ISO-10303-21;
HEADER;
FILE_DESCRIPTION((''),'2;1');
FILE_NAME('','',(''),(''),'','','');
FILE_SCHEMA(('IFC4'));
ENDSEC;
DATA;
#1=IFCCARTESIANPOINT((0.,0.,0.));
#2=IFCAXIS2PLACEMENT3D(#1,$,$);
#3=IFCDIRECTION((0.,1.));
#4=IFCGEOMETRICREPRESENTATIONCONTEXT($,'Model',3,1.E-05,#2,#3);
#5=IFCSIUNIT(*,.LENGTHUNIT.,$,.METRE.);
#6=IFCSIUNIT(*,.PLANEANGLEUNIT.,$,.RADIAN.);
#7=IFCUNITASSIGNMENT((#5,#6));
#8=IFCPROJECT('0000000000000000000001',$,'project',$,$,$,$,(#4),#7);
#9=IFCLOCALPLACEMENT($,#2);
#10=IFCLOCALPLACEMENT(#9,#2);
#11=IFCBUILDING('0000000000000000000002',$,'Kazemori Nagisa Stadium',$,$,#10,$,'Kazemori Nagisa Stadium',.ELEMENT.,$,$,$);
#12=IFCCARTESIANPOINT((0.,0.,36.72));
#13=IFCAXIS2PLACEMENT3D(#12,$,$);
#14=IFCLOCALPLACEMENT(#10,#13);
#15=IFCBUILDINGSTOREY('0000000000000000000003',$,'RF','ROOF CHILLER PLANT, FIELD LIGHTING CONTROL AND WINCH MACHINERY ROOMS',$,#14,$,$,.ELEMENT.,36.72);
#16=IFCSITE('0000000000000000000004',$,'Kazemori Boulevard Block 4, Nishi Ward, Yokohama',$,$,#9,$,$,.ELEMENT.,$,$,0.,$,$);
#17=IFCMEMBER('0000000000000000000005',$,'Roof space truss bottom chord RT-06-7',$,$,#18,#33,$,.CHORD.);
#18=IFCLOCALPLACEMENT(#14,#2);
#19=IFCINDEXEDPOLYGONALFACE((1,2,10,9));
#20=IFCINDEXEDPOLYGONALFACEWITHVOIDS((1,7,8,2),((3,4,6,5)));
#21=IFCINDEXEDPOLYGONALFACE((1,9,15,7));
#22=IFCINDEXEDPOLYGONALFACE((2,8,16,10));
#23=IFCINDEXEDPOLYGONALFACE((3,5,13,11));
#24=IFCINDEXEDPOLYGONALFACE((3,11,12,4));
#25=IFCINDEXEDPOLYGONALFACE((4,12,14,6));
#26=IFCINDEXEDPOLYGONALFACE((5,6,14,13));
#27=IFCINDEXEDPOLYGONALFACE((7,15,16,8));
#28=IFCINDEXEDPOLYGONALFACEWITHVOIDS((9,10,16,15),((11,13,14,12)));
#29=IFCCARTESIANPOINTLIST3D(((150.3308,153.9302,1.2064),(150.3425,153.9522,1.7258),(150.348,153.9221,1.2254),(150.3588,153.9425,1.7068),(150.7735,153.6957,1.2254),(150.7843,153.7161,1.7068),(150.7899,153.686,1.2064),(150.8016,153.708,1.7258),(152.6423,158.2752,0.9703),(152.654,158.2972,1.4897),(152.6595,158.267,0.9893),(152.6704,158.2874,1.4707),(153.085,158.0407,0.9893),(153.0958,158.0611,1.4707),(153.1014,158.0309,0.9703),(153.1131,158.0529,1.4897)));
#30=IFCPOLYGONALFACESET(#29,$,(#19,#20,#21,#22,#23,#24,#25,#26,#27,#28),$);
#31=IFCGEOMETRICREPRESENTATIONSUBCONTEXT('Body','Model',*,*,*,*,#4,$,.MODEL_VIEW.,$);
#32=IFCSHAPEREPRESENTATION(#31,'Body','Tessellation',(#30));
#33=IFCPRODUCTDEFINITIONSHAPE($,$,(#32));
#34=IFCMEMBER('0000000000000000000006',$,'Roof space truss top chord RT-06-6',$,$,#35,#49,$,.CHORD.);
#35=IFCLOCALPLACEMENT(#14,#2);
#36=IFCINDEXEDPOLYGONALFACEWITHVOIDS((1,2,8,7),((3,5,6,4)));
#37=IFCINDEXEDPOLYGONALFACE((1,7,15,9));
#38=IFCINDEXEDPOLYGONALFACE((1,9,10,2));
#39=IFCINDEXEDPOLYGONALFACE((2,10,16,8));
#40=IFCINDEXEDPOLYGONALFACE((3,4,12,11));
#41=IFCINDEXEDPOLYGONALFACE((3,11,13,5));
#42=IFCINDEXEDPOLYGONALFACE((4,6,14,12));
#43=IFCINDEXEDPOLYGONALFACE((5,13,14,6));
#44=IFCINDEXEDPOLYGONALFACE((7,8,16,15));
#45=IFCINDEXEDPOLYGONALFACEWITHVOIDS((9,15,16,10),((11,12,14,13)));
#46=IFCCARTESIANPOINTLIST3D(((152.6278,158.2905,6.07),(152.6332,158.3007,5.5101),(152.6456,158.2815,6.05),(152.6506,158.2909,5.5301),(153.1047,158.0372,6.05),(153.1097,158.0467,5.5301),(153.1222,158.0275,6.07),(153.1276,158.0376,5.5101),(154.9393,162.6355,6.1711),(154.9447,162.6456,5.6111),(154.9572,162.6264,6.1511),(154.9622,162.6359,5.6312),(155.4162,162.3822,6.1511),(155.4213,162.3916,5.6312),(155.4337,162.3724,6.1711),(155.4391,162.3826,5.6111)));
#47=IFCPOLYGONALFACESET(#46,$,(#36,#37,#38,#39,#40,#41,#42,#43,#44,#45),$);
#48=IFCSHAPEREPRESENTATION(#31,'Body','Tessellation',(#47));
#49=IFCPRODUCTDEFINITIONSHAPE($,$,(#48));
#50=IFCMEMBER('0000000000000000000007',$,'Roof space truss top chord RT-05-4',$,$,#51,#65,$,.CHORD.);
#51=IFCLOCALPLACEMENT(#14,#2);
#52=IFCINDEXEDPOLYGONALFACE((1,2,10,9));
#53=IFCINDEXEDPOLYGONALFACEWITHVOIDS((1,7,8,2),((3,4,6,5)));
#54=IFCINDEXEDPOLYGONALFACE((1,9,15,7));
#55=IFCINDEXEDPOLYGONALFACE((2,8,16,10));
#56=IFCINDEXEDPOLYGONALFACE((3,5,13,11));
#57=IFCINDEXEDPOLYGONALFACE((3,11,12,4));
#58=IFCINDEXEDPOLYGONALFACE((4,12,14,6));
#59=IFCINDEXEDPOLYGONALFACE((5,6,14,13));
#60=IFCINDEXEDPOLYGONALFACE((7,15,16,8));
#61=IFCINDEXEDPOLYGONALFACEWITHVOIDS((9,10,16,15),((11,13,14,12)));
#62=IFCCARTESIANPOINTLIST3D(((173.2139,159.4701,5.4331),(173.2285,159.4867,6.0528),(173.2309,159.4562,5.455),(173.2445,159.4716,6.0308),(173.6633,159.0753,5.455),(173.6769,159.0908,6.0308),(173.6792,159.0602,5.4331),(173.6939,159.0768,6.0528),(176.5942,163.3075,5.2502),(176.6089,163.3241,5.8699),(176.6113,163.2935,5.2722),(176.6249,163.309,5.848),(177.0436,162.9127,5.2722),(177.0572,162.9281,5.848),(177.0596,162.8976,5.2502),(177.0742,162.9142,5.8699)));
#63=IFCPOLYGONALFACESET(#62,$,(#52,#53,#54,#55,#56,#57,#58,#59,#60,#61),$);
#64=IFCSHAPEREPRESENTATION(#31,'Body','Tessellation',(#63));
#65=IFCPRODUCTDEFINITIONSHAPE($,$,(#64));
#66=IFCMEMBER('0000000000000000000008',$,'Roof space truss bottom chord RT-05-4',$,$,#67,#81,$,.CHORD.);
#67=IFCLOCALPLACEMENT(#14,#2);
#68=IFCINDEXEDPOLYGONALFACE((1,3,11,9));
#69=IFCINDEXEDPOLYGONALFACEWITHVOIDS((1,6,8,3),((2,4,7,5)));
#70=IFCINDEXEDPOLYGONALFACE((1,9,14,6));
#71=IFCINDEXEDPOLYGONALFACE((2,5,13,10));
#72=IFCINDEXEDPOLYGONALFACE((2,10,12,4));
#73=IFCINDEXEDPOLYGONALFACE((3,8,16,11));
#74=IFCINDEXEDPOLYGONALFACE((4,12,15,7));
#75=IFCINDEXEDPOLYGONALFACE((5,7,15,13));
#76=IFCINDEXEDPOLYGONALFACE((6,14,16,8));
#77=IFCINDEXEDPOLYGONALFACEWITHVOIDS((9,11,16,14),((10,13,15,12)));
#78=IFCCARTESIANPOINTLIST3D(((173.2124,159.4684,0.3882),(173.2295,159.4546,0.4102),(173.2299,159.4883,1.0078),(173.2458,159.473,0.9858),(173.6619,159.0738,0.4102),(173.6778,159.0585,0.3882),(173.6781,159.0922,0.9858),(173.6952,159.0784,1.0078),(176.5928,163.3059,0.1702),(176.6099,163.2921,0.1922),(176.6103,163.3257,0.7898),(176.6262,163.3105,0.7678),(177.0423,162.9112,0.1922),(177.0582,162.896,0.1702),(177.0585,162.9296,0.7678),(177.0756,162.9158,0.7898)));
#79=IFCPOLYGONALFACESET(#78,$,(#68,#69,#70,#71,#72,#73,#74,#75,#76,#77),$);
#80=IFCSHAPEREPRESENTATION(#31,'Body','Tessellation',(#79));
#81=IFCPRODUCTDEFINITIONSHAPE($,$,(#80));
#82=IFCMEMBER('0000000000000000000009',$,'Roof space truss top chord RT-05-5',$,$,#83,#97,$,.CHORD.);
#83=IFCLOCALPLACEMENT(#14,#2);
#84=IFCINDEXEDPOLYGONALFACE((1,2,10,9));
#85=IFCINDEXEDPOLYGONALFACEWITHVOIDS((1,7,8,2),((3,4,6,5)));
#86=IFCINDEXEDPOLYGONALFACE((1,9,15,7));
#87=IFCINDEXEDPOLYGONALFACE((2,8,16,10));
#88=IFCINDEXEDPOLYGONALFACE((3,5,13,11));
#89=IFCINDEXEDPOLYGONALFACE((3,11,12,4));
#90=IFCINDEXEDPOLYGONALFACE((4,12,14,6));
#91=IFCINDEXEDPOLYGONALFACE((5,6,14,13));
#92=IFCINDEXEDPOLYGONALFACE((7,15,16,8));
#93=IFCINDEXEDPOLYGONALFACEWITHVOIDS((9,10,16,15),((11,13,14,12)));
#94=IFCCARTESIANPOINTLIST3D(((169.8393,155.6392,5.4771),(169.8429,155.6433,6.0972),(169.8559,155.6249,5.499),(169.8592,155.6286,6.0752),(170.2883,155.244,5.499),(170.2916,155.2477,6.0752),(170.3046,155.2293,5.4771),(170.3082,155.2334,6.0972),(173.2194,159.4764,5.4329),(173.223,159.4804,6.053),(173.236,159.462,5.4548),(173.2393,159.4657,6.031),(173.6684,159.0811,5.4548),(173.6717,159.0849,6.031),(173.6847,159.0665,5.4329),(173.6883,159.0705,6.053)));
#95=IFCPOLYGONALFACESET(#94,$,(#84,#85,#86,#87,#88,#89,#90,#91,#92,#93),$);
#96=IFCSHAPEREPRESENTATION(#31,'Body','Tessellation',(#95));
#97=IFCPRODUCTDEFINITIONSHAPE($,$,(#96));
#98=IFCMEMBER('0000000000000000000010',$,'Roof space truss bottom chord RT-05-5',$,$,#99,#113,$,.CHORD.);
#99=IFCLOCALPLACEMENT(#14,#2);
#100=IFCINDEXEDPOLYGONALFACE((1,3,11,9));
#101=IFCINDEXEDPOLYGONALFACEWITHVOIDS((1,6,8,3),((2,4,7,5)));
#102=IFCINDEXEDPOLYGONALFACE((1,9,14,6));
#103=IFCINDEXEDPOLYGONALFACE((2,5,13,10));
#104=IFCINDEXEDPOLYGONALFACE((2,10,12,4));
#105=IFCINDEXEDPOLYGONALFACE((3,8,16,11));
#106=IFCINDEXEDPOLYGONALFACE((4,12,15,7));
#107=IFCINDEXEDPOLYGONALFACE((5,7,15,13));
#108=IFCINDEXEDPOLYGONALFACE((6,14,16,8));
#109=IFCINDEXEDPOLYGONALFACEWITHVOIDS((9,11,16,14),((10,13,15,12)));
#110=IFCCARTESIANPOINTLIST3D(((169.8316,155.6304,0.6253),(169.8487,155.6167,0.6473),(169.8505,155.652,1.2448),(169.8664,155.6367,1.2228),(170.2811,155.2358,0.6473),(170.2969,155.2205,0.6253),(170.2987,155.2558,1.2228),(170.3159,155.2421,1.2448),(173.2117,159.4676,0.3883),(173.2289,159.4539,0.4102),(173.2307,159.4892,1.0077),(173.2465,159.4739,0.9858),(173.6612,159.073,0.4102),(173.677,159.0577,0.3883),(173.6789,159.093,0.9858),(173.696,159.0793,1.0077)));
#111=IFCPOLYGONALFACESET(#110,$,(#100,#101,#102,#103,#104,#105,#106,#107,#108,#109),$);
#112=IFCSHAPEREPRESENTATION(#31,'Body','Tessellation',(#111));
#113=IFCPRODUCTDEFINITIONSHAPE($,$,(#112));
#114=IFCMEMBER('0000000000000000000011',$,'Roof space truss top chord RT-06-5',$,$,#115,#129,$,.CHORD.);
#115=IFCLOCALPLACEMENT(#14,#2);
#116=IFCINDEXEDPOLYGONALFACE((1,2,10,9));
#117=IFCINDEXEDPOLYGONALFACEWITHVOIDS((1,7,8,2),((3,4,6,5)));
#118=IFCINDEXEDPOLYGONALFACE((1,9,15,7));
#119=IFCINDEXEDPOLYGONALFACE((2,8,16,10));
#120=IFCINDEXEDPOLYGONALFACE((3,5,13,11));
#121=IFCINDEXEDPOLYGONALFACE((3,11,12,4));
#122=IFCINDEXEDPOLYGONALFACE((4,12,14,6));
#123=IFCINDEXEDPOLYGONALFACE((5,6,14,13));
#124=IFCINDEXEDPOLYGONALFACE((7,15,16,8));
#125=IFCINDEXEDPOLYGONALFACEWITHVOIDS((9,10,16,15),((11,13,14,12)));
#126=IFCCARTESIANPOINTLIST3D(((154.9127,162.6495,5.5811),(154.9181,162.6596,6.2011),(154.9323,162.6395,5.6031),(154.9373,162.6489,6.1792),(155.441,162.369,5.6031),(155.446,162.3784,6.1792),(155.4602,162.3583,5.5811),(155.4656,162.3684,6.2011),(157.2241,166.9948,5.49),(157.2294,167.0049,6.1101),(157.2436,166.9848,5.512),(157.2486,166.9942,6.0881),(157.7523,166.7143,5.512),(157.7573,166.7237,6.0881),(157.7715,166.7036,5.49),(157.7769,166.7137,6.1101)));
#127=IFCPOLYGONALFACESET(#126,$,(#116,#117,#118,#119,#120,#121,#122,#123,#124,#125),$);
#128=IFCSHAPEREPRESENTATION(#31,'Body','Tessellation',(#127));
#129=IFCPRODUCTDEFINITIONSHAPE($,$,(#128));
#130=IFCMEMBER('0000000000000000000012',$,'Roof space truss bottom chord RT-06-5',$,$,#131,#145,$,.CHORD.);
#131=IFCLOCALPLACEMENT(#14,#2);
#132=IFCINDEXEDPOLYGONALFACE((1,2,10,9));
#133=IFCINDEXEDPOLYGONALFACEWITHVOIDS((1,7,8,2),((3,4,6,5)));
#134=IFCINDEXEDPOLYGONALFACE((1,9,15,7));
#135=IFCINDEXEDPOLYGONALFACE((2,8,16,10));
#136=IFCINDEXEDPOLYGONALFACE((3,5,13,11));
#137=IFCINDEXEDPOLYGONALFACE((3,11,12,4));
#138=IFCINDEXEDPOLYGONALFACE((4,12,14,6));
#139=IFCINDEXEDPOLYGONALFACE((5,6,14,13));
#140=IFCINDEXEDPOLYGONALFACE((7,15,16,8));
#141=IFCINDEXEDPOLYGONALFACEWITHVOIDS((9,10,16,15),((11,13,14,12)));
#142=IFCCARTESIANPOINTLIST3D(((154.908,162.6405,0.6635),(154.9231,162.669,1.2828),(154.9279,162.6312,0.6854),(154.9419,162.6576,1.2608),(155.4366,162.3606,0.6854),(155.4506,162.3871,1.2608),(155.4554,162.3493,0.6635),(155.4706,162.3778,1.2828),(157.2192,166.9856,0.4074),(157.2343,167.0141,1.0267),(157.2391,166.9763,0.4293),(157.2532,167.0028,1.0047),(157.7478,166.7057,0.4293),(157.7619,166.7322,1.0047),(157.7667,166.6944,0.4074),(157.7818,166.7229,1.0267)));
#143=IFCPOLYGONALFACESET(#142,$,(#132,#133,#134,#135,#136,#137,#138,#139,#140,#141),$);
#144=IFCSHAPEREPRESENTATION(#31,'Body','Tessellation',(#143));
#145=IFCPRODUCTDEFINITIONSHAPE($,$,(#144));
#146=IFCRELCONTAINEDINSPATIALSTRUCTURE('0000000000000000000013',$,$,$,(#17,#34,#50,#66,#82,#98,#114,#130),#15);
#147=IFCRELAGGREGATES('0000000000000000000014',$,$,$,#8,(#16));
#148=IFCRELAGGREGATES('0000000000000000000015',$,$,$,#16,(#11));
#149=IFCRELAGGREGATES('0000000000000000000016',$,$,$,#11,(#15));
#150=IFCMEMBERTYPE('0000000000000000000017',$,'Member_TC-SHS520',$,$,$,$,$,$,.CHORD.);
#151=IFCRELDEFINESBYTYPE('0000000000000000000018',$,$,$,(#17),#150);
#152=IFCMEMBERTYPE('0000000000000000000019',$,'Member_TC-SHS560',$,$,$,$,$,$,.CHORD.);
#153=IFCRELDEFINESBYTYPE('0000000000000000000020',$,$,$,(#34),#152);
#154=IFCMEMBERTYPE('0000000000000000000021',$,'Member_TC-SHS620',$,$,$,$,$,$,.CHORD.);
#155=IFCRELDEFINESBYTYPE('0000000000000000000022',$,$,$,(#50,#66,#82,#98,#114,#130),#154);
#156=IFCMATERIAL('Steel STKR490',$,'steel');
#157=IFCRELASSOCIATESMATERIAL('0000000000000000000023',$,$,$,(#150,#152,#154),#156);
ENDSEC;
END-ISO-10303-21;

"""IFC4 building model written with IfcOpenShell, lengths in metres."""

from ifc_helpers import new_model, si_unit, direction, frame, origin, origin_2d, place, context, subcontext, project, spatial, hollow_rectangle, extrude, material, material_profile, profile_set, type_object, element, save


model = new_model("IFC4")

# Units and contexts
model_context = context("Model", 3, precision=1e-05, world=origin(), true_north=direction((0.0, 1.0)))
body_context = subcontext(model_context, "Body", "Model", "MODEL_VIEW")
ifc_project = project(units=[si_unit("LENGTHUNIT", "METRE"), si_unit("PLANEANGLEUNIT", "RADIAN")], contexts=[model_context])

# Site, building, storey
site_placement = place(None, origin())
site = spatial("IfcSite", under=ifc_project, at=site_placement, Name="Kazemori Boulevard Block 4, Nishi Ward, Yokohama", CompositionType="ELEMENT", RefElevation=0.0)
building_placement = place(site_placement, origin())
building = spatial("IfcBuilding", under=site, at=building_placement, Name="Kazemori Nagisa Stadium", LongName="Kazemori Nagisa Stadium", CompositionType="ELEMENT")
storey_placement = place(building_placement, frame((0.0, 0.0, 36.72)))
storey = spatial("IfcBuildingStorey", under=building, at=storey_placement, Name="RF", Description="ROOF CHILLER PLANT, FIELD LIGHTING CONTROL AND WINCH MACHINERY ROOMS", CompositionType="ELEMENT", Elevation=36.72)

# Members
ifc_material_1 = material(Name="Steel STKR490", Category="steel")
ifc_material_profile_1 = material_profile(ifc_material_1, hollow_rectangle(XDim=0.52, YDim=0.52, WallThickness=0.019, at=origin_2d()), Name="SHS-520x520x19")
ifc_profile_set_1 = profile_set([ifc_material_profile_1], Name="Steel STKR490")
member_type_1 = type_object("IfcMemberType", Name="Member_TC-SHS520", PredefinedType="CHORD", material=ifc_profile_set_1)
member_1_placement = place(storey_placement, frame((152.8777, 158.1641, 1.23), z_axis=(-0.469132, -0.881827, 0.047914), x_axis=(0.882841, -0.469671, 0.0)))
element("IfcMember", 1, at=member_1_placement, inside=storey, type_object=member_type_1, Name="Roof space truss bottom chord RT-06-7", PredefinedType="CHORD", context=body_context, shape_type="SweptSolid", body=[
    extrude(hollow_rectangle(XDim=0.52, YDim=0.52, WallThickness=0.019, at=origin_2d()), origin(), (0.0, 0.0, 1.0), 4.9272),
])
ifc_material_profile_2 = material_profile(ifc_material_1, hollow_rectangle(XDim=0.5601, YDim=0.5601, WallThickness=0.02, at=origin_2d()), Name="SHS-560x560x20")
ifc_profile_set_2 = profile_set([ifc_material_profile_2], Name="Steel STKR490")
member_type_2 = type_object("IfcMemberType", Name="Member_TC-SHS560", PredefinedType="CHORD", material=ifc_profile_set_2)
member_2_placement = place(storey_placement, frame((155.1892, 162.509, 5.8911), z_axis=(-0.469572, -0.882655, -0.020533), x_axis=(0.882841, -0.469671, 0.0)))
element("IfcMember", 2, at=member_2_placement, inside=storey, type_object=member_type_2, Name="Roof space truss top chord RT-06-6", PredefinedType="CHORD", context=body_context, shape_type="SweptSolid", body=[
    extrude(hollow_rectangle(XDim=0.5601, YDim=0.5601, WallThickness=0.02, at=origin_2d()), origin(), (0.0, 0.0, 1.0), 4.9226),
])
ifc_material_profile_3 = material_profile(ifc_material_1, hollow_rectangle(XDim=0.6201, YDim=0.6201, WallThickness=0.022, at=origin_2d()), Name="SHS-620x620x22")
ifc_profile_set_3 = profile_set([ifc_material_profile_3], Name="Steel STKR490")
member_type_3 = type_object("IfcMemberType", Name="Member_TC-SHS620", PredefinedType="CHORD", material=ifc_profile_set_3)
member_3_placement = place(storey_placement, frame((176.8342, 163.1108, 5.5601), z_axis=(-0.660587, -0.749899, 0.035734), x_axis=(0.750378, -0.661009, 0.0)))
element("IfcMember", 3, at=member_3_placement, inside=storey, type_object=member_type_3, Name="Roof space truss top chord RT-05-4", PredefinedType="CHORD", context=body_context, shape_type="SweptSolid", body=[
    extrude(hollow_rectangle(XDim=0.6201, YDim=0.6201, WallThickness=0.022, at=origin_2d()), origin(), (0.0, 0.0, 1.0), 5.1172),
])
member_4_placement = place(storey_placement, frame((176.8342, 163.1108, 0.48), z_axis=(-0.660409, -0.749697, 0.042593), x_axis=(0.750378, -0.661009, 0.0)))
element("IfcMember", 4, at=member_4_placement, inside=storey, type_object=member_type_3, Name="Roof space truss bottom chord RT-05-4", PredefinedType="CHORD", context=body_context, shape_type="SweptSolid", body=[
    extrude(hollow_rectangle(XDim=0.6201, YDim=0.6201, WallThickness=0.022, at=origin_2d()), origin(), (0.0, 0.0, 1.0), 5.1187),
])
member_5_placement = place(storey_placement, frame((173.4539, 159.2734, 5.7429), z_axis=(-0.660981, -0.750353, 0.008641), x_axis=(0.750381, -0.661006, 0.0)))
element("IfcMember", 5, at=member_5_placement, inside=storey, type_object=member_type_3, Name="Roof space truss top chord RT-05-5", PredefinedType="CHORD", context=body_context, shape_type="SweptSolid", body=[
    extrude(hollow_rectangle(XDim=0.6201, YDim=0.6201, WallThickness=0.022, at=origin_2d()), origin(), (0.0, 0.0, 1.0), 5.1138),
])
member_6_placement = place(storey_placement, frame((173.4539, 159.2734, 0.698), z_axis=(-0.660296, -0.749576, 0.046309), x_axis=(0.750381, -0.661006, 0.0)))
element("IfcMember", 6, at=member_6_placement, inside=storey, type_object=member_type_3, Name="Roof space truss bottom chord RT-05-5", PredefinedType="CHORD", context=body_context, shape_type="SweptSolid", body=[
    extrude(hollow_rectangle(XDim=0.6201, YDim=0.6201, WallThickness=0.022, at=origin_2d()), origin(), (0.0, 0.0, 1.0), 5.1191),
])
member_7_placement = place(storey_placement, frame((157.5005, 166.8542, 5.8), z_axis=(-0.469532, -0.882722, 0.0185), x_axis=(0.882873, -0.469612, 0.0)))
element("IfcMember", 7, at=member_7_placement, inside=storey, type_object=member_type_3, Name="Roof space truss top chord RT-06-5", PredefinedType="CHORD", context=body_context, shape_type="SweptSolid", body=[
    extrude(hollow_rectangle(XDim=0.6201, YDim=0.6201, WallThickness=0.022, at=origin_2d()), origin(), (0.0, 0.0, 1.0), 4.9226),
])
member_8_placement = place(storey_placement, frame((157.5005, 166.8542, 0.717), z_axis=(-0.468978, -0.88168, 0.051966), x_axis=(0.882873, -0.469612, 0.0)))
element("IfcMember", 8, at=member_8_placement, inside=storey, type_object=member_type_3, Name="Roof space truss bottom chord RT-06-5", PredefinedType="CHORD", context=body_context, shape_type="SweptSolid", body=[
    extrude(hollow_rectangle(XDim=0.6201, YDim=0.6201, WallThickness=0.022, at=origin_2d()), origin(), (0.0, 0.0, 1.0), 4.9282),
])

save(model, "model.ifc")
